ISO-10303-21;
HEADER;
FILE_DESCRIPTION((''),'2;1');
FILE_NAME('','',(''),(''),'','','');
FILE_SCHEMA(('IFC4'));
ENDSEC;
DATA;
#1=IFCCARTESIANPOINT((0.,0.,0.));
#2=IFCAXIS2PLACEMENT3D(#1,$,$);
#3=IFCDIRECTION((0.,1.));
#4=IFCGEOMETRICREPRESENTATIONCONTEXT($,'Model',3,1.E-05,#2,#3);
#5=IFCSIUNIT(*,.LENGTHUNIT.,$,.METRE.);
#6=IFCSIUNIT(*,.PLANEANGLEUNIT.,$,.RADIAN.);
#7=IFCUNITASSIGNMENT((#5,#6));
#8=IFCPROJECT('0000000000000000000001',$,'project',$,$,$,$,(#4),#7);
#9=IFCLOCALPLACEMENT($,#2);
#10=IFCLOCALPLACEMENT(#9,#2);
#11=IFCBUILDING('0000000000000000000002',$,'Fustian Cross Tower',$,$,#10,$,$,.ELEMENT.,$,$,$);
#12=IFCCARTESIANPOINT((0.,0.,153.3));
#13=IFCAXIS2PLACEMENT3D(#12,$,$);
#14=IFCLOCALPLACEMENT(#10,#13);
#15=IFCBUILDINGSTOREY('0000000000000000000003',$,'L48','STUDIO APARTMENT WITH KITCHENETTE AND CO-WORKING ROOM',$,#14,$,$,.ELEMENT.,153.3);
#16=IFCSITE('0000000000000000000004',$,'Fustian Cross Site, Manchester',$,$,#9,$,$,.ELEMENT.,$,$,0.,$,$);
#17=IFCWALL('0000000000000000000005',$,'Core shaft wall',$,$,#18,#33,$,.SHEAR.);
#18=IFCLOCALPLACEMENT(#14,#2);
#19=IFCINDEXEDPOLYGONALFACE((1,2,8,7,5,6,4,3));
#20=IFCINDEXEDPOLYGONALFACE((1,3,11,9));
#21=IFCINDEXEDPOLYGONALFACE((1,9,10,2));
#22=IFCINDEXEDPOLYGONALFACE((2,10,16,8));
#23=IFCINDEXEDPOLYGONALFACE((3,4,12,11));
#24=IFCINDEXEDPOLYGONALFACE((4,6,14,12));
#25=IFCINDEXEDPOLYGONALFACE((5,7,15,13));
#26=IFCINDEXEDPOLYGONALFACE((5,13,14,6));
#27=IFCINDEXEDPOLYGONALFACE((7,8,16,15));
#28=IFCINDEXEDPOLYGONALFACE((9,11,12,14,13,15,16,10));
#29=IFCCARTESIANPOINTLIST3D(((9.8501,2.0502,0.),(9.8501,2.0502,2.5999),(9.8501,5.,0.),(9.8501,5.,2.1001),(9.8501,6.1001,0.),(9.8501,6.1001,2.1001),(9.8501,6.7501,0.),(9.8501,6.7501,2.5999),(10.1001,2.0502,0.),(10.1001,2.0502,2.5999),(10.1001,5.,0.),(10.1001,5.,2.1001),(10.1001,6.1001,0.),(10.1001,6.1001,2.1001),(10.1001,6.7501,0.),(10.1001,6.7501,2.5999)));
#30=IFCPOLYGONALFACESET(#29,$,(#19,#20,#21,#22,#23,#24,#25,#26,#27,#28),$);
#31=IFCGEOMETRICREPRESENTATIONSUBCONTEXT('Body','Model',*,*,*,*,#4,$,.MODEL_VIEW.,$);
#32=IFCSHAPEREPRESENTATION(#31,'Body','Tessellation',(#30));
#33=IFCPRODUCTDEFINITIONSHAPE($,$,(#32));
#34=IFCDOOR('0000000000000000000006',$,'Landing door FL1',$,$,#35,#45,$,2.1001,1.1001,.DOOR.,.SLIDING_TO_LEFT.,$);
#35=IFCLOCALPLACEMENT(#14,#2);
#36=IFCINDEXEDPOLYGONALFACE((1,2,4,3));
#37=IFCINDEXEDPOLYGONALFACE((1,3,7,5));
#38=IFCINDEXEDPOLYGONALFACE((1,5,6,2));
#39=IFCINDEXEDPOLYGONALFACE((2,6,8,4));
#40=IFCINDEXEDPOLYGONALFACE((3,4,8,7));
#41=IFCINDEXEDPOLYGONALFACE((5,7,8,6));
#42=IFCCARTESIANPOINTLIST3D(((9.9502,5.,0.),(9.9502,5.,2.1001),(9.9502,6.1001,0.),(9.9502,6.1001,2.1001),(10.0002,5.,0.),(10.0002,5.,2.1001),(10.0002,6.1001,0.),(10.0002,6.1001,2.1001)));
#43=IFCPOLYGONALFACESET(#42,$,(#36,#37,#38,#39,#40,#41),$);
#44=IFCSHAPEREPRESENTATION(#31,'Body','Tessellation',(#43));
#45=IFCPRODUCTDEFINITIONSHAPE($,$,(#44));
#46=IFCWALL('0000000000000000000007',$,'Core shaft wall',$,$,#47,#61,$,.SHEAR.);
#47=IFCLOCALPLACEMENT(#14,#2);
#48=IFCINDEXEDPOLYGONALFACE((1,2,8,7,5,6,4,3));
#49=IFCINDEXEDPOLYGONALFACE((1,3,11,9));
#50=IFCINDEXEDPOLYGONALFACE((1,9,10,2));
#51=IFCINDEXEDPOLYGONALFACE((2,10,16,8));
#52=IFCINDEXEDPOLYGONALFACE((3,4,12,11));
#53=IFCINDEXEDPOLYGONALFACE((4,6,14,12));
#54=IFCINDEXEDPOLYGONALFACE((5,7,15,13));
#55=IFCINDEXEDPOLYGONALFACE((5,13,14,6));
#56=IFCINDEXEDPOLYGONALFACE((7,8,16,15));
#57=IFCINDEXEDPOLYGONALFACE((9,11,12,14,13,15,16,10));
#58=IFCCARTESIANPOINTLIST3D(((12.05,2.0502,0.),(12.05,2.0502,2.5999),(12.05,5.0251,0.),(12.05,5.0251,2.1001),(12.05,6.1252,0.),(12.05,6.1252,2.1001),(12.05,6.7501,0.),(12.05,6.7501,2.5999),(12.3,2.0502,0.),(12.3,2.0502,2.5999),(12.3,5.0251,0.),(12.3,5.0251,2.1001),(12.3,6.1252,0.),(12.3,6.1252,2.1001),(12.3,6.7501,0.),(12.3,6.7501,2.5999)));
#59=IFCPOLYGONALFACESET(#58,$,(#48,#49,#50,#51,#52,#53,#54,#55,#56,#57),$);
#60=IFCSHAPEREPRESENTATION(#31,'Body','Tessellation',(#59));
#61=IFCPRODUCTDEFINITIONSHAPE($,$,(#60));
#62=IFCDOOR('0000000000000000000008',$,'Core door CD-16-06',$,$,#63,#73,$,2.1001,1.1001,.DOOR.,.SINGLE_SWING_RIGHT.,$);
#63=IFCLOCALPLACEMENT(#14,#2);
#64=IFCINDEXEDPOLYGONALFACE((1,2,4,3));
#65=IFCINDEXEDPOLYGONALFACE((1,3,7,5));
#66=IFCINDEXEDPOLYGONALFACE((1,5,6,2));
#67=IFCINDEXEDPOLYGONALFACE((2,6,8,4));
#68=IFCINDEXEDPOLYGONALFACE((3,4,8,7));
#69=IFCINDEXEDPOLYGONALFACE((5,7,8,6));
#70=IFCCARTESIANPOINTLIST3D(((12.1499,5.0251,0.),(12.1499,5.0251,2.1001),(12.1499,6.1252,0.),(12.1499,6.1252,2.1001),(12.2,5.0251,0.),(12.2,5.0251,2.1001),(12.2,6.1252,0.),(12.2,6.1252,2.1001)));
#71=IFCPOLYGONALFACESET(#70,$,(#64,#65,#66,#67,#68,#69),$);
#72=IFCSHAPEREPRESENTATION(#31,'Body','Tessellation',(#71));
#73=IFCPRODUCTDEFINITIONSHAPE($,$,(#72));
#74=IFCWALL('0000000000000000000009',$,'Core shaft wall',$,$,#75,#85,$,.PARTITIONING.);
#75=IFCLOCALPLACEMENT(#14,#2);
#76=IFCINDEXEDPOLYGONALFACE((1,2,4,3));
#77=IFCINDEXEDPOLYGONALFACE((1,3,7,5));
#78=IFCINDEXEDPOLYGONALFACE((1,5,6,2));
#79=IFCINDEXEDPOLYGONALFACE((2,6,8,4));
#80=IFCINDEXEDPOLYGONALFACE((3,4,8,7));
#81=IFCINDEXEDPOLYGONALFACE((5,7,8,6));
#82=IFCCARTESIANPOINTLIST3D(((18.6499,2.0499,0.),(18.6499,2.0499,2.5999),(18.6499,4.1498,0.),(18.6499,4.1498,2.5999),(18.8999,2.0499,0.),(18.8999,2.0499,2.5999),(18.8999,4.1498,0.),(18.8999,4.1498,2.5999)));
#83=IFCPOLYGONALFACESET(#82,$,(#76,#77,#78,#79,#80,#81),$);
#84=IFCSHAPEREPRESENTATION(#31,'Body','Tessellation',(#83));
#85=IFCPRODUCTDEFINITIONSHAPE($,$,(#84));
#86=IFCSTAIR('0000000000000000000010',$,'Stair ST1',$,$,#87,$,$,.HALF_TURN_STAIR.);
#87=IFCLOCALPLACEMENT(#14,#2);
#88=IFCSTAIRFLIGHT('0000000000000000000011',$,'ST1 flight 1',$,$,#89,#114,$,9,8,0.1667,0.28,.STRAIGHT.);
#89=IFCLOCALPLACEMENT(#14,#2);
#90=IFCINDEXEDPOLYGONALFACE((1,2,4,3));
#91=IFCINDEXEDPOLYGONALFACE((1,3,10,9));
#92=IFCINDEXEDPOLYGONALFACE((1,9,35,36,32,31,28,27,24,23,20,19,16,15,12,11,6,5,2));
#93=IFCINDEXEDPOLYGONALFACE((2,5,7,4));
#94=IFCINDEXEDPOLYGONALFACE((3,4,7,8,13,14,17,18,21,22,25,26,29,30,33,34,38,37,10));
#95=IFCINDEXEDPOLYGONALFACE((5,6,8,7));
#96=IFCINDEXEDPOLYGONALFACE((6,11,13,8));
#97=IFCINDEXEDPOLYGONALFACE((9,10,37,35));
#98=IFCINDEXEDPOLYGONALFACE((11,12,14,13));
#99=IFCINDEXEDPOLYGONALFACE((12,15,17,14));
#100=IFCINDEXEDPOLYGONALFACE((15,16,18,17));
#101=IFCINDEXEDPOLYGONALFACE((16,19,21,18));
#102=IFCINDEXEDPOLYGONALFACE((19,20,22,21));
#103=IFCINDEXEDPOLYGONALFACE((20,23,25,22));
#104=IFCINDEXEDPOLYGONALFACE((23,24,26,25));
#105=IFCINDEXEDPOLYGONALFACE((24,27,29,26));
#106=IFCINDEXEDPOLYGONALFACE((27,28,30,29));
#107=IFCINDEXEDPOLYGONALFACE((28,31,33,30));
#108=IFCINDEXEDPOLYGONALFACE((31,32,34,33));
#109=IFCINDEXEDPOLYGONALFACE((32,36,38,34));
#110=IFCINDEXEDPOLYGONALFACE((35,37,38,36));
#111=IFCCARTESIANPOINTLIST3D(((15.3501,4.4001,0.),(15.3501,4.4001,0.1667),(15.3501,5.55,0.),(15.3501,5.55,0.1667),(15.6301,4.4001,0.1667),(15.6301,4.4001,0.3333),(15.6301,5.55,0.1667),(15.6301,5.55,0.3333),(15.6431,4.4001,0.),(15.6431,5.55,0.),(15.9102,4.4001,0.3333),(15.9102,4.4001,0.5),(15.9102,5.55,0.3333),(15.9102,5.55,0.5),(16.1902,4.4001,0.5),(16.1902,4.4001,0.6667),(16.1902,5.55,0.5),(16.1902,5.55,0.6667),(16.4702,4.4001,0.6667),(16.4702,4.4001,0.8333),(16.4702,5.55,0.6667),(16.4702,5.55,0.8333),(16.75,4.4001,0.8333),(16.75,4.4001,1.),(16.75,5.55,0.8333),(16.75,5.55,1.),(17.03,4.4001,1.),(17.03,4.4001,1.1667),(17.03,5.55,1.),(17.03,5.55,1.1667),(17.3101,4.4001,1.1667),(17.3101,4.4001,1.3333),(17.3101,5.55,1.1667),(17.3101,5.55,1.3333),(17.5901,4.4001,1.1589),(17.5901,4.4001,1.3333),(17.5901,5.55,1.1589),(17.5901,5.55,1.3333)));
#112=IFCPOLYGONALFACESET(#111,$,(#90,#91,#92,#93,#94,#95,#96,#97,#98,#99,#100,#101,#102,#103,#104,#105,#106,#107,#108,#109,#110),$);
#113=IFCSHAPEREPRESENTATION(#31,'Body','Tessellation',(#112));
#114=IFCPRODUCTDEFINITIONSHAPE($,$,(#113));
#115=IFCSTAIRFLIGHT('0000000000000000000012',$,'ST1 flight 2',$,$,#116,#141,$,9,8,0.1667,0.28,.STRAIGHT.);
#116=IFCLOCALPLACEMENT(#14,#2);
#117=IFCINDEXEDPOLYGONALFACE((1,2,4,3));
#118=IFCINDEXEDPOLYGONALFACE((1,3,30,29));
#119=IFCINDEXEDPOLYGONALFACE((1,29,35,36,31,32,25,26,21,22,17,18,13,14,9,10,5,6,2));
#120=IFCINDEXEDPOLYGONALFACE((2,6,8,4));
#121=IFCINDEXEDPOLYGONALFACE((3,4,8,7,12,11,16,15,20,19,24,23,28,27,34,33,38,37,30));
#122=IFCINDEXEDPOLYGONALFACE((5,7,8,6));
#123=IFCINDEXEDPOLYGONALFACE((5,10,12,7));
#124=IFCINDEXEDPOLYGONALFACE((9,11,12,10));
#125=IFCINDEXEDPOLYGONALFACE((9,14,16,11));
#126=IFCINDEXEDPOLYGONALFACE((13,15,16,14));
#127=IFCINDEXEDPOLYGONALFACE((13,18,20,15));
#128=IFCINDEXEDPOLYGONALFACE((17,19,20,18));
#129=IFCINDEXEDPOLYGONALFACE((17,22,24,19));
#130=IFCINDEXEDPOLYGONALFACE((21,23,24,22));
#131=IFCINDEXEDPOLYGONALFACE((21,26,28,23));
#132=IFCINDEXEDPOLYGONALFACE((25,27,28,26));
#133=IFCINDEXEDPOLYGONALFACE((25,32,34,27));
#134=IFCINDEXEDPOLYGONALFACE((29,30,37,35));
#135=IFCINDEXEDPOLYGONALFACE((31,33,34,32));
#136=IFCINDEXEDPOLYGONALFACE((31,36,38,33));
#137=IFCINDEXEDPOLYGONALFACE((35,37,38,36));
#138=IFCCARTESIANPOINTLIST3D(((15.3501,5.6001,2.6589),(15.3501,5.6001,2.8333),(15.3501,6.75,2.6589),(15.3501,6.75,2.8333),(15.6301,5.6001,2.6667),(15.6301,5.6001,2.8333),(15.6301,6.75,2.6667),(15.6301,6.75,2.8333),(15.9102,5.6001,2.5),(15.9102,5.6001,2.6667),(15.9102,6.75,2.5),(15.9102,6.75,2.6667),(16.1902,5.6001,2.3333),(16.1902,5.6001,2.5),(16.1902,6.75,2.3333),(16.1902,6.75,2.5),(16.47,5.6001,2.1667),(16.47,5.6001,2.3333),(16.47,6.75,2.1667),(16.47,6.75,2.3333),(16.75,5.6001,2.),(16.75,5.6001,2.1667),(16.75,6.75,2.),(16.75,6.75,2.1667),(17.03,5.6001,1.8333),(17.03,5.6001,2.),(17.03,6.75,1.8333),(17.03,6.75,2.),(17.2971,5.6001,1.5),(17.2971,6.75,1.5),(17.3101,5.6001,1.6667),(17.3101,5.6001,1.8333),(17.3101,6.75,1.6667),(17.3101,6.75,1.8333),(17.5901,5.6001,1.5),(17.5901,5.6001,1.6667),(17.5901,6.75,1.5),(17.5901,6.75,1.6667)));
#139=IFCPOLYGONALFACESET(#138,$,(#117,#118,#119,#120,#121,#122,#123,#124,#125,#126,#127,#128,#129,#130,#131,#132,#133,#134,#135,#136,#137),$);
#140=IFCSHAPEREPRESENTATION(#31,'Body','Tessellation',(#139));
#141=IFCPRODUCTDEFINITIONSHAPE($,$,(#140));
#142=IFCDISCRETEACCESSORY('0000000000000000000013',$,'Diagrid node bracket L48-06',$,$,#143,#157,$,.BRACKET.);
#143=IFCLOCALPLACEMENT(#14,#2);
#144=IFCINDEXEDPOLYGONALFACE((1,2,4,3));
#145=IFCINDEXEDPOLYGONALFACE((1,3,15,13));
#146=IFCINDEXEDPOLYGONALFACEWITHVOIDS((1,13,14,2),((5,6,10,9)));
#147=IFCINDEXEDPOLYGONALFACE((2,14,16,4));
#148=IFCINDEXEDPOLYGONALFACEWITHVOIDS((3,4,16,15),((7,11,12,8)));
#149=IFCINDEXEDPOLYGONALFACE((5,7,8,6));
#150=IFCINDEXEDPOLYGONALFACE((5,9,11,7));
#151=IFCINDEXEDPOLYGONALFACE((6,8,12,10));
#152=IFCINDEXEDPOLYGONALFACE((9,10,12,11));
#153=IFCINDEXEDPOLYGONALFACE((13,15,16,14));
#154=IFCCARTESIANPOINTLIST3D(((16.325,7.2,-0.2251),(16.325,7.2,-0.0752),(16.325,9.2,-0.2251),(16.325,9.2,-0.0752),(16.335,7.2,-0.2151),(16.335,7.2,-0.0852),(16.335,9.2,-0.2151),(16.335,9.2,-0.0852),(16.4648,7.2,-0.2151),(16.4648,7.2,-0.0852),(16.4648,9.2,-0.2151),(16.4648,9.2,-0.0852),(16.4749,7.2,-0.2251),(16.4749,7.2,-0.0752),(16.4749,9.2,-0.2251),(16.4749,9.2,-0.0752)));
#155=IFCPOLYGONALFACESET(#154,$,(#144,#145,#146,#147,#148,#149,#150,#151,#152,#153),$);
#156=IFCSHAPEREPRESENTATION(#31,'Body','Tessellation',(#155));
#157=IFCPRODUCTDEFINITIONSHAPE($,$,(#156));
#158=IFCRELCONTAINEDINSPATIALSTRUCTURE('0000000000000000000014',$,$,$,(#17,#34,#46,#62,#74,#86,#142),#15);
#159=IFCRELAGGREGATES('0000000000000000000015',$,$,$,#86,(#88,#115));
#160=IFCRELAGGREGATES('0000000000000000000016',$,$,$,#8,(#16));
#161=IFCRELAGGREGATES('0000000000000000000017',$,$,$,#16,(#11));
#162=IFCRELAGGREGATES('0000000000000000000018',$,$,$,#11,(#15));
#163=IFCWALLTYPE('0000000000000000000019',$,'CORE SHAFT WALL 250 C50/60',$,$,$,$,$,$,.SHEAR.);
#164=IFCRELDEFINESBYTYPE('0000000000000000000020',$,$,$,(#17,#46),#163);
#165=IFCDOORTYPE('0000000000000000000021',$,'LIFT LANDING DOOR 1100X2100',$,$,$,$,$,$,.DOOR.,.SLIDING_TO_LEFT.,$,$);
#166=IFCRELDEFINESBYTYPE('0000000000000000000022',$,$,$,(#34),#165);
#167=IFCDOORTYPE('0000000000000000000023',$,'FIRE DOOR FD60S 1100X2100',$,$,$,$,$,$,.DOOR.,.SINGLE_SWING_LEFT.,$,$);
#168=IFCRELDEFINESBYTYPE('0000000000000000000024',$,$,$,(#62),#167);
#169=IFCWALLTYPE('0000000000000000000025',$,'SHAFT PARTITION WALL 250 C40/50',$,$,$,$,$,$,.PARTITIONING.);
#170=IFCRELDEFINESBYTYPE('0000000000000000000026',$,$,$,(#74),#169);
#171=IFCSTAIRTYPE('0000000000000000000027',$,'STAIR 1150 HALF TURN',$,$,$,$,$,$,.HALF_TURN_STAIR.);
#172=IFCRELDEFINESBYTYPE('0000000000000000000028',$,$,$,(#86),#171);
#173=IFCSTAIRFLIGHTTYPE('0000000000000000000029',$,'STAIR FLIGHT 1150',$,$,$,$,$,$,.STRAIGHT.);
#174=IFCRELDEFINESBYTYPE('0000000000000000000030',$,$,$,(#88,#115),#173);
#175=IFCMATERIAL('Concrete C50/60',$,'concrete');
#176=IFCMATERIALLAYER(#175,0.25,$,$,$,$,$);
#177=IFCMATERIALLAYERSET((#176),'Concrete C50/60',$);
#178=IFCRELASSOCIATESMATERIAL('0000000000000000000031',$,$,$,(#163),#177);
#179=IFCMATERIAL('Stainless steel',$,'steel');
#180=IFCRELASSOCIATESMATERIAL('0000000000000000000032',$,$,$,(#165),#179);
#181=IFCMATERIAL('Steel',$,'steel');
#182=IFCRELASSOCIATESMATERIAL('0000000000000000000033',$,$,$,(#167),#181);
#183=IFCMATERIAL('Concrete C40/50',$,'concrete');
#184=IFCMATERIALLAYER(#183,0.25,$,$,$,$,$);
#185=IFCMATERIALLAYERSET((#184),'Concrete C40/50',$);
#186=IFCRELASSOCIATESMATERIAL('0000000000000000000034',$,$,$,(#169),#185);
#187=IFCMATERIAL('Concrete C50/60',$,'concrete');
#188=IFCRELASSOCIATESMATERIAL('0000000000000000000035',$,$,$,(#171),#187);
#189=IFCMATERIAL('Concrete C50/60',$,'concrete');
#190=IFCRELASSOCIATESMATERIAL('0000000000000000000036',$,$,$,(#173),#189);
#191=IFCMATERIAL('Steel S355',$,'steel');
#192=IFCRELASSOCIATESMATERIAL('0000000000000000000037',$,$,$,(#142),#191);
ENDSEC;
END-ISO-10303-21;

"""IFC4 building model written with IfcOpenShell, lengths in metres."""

from ifc_helpers import new_model, si_unit, direction, frame, frame_2d, origin, origin_2d, place, context, subcontext, project, spatial, polyline, rectangle, hollow_rectangle, outline, extrude, material, layer, layer_set, type_object, element, fill, aggregate, save


model = new_model("IFC4")

# Units and contexts
model_context = context("Model", 3, precision=1e-05, world=origin(), true_north=direction((0.0, 1.0)))
body_context = subcontext(model_context, "Body", "Model", "MODEL_VIEW")
ifc_project = project(units=[si_unit("LENGTHUNIT", "METRE"), si_unit("PLANEANGLEUNIT", "RADIAN")], contexts=[model_context])

# Site, building, storey
site_placement = place(None, origin())
site = spatial("IfcSite", under=ifc_project, at=site_placement, Name="Fustian Cross Site, Manchester", CompositionType="ELEMENT", RefElevation=0.0)
building_placement = place(site_placement, origin())
building = spatial("IfcBuilding", under=site, at=building_placement, Name="Fustian Cross Tower", CompositionType="ELEMENT")
storey_placement = place(building_placement, frame((0.0, 0.0, 153.3)))
storey = spatial("IfcBuildingStorey", under=building, at=storey_placement, Name="L48", Description="STUDIO APARTMENT WITH KITCHENETTE AND CO-WORKING ROOM", CompositionType="ELEMENT", Elevation=153.3)

# Shared definitions
ifc_material_1 = material(Name="Concrete C50/60", Category="concrete")
ifc_layer_1 = layer(ifc_material_1, 0.25)
ifc_layer_set_1 = layer_set([ifc_layer_1], Name="Concrete C50/60")
wall_type_1 = type_object("IfcWallType", Name="CORE SHAFT WALL 250 C50/60", PredefinedType="SHEAR", material=ifc_layer_set_1)

# Walls, openings, doors
wall_1_placement = place(storey_placement, frame((9.9751, 2.05, 0.0), z_axis=(0.0, 0.0, 1.0), x_axis=(0.0, 1.0, 0.0)))
wall_1 = element("IfcWall", 1, at=wall_1_placement, inside=storey, type_object=wall_type_1, Name="Core shaft wall", PredefinedType="SHEAR", context=body_context, shape_type="SweptSolid", body=[
    extrude(rectangle(XDim=4.7, YDim=0.25, at=frame_2d((2.3501, 0.0))), origin(), (0.0, 0.0, 1.0), 2.5999),
])
opening_1_placement = place(wall_1_placement, frame((2.95, 0.0, 0.0)))
opening_1 = element("IfcOpeningElement", 2, at=opening_1_placement, cuts=wall_1, PredefinedType="OPENING", context=body_context, shape_type="SweptSolid", body=[
    extrude(rectangle(XDim=1.1001, YDim=2.1001, at=frame_2d((0.55, 1.05))), frame((0.0, 0.135, 0.0), z_axis=(0.0, -1.0, 0.0), x_axis=(1.0, 0.0, 0.0)), (0.0, 0.0, 1.0), 0.27),
])
ifc_material_2 = material(Name="Stainless steel", Category="steel")
door_type_1 = type_object("IfcDoorType", Name="LIFT LANDING DOOR 1100X2100", OperationType="SLIDING_TO_LEFT", PredefinedType="DOOR", material=ifc_material_2)
door_1_placement = place(opening_1_placement, origin())
door_1 = element("IfcDoor", 3, at=door_1_placement, inside=storey, type_object=door_type_1, Name="Landing door FL1", OperationType="SLIDING_TO_LEFT", OverallHeight=2.1001, OverallWidth=1.1001, PredefinedType="DOOR", context=body_context, shape_type="SweptSolid", body=[
    extrude(rectangle(XDim=1.1001, YDim=2.1001, at=frame_2d((0.55, 1.05))), frame((0.0, 0.0249, 0.0), z_axis=(0.0, -1.0, 0.0), x_axis=(1.0, 0.0, 0.0)), (0.0, 0.0, 1.0), 0.05),
])
fill(opening_1, door_1)
wall_2_placement = place(storey_placement, frame((12.175, 2.05, 0.0), z_axis=(0.0, 0.0, 1.0), x_axis=(0.0, 1.0, 0.0)))
wall_2 = element("IfcWall", 4, at=wall_2_placement, inside=storey, type_object=wall_type_1, Name="Core shaft wall", PredefinedType="SHEAR", context=body_context, shape_type="SweptSolid", body=[
    extrude(rectangle(XDim=4.7, YDim=0.25, at=frame_2d((2.3501, 0.0))), origin(), (0.0, 0.0, 1.0), 2.5999),
])
opening_2_placement = place(wall_2_placement, frame((2.9751, 0.0, 0.0)))
opening_2 = element("IfcOpeningElement", 5, at=opening_2_placement, cuts=wall_2, PredefinedType="OPENING", context=body_context, shape_type="SweptSolid", body=[
    extrude(rectangle(XDim=1.1001, YDim=2.1001, at=frame_2d((0.55, 1.05))), frame((0.0, 0.135, 0.0), z_axis=(0.0, -1.0, 0.0), x_axis=(1.0, 0.0, 0.0)), (0.0, 0.0, 1.0), 0.27),
])
ifc_material_3 = material(Name="Steel", Category="steel")
door_type_2 = type_object("IfcDoorType", Name="FIRE DOOR FD60S 1100X2100", OperationType="SINGLE_SWING_LEFT", PredefinedType="DOOR", material=ifc_material_3)
door_2_placement = place(opening_2_placement, frame((1.1001, 0.0, 0.0), z_axis=(0.0, 0.0, 1.0), x_axis=(-1.0, 0.0, 0.0)))
door_2 = element("IfcDoor", 6, at=door_2_placement, inside=storey, type_object=door_type_2, Name="Core door CD-16-06", OperationType="SINGLE_SWING_RIGHT", OverallHeight=2.1001, OverallWidth=1.1001, PredefinedType="DOOR", context=body_context, shape_type="SweptSolid", body=[
    extrude(rectangle(XDim=1.1001, YDim=2.1001, at=frame_2d((0.55, 1.05))), frame((0.0, 0.0249, 0.0), z_axis=(0.0, -1.0, 0.0), x_axis=(1.0, 0.0, 0.0)), (0.0, 0.0, 1.0), 0.05),
])
fill(opening_2, door_2)

# Wall
ifc_material_4 = material(Name="Concrete C40/50", Category="concrete")
ifc_layer_2 = layer(ifc_material_4, 0.25)
ifc_layer_set_2 = layer_set([ifc_layer_2], Name="Concrete C40/50")
wall_type_2 = type_object("IfcWallType", Name="SHAFT PARTITION WALL 250 C40/50", PredefinedType="PARTITIONING", material=ifc_layer_set_2)
wall_3_placement = place(storey_placement, frame((18.7749, 2.05, 0.0), z_axis=(0.0, 0.0, 1.0), x_axis=(0.0, 1.0, 0.0)))
element("IfcWall", 7, at=wall_3_placement, inside=storey, type_object=wall_type_2, Name="Core shaft wall", PredefinedType="PARTITIONING", context=body_context, shape_type="SweptSolid", body=[
    extrude(rectangle(XDim=2.0999, YDim=0.25, at=frame_2d((1.0498, 0.0))), origin(), (0.0, 0.0, 1.0), 2.5999),
])

# Stair, stair flights
ifc_material_5 = material(Name="Concrete C50/60", Category="concrete")
stair_type = type_object("IfcStairType", Name="STAIR 1150 HALF TURN", PredefinedType="HALF_TURN_STAIR", material=ifc_material_5)
stair_placement = place(storey_placement, origin())
stair = element("IfcStair", 8, at=stair_placement, inside=storey, type_object=stair_type, Name="Stair ST1", PredefinedType="HALF_TURN_STAIR")
ifc_material_6 = material(Name="Concrete C50/60", Category="concrete")
stair_flight_type = type_object("IfcStairFlightType", Name="STAIR FLIGHT 1150", PredefinedType="STRAIGHT", material=ifc_material_6)
stair_flight_1_placement = place(storey_placement, frame((15.3501, 4.9751, 0.0), z_axis=(0.0, 0.0, 1.0), x_axis=(1.0, 0.0, 0.0)))
stair_flight_1 = element("IfcStairFlight", 9, at=stair_flight_1_placement, type_object=stair_flight_type, Name="ST1 flight 1", NumberOfRisers=9, NumberOfTreads=8, PredefinedType="STRAIGHT", RiserHeight=0.1667, TreadLength=0.28, context=body_context, shape_type="SweptSolid", body=[
    extrude(outline(polyline([(0.0, 0.0), (0.0, 0.1667), (0.28, 0.1667), (0.28, 0.3333), (0.5601, 0.3333), (0.5601, 0.5), (0.8401, 0.5), (0.8401, 0.6667), (1.1201, 0.6667), (1.1201, 0.8333), (1.3999, 0.8333), (1.3999, 1.0), (1.6799, 1.0), (1.6799, 1.1667), (1.96, 1.1667), (1.96, 1.3333), (2.24, 1.3333), (2.24, 1.5), (2.24, 1.1589), (0.293, 0.0), (0.0, 0.0)])), frame((0.0, 0.575, 0.0), z_axis=(0.0, -1.0, 0.0), x_axis=(1.0, 0.0, 0.0)), (0.0, 0.0, 1.0), 1.1499),
])
stair_flight_2_placement = place(storey_placement, frame((17.5901, 6.175, 1.5), z_axis=(0.0, 0.0, 1.0), x_axis=(-1.0, 0.0, 0.0)))
stair_flight_2 = element("IfcStairFlight", 10, at=stair_flight_2_placement, type_object=stair_flight_type, Name="ST1 flight 2", NumberOfRisers=9, NumberOfTreads=8, PredefinedType="STRAIGHT", RiserHeight=0.1667, TreadLength=0.28, context=body_context, shape_type="SweptSolid", body=[
    extrude(outline(polyline([(0.0, 0.0), (0.0, 0.1667), (0.28, 0.1667), (0.28, 0.3333), (0.5601, 0.3333), (0.5601, 0.5), (0.8401, 0.5), (0.8401, 0.6667), (1.1201, 0.6667), (1.1201, 0.8333), (1.3999, 0.8333), (1.3999, 1.0), (1.6799, 1.0), (1.6799, 1.1667), (1.96, 1.1667), (1.96, 1.3333), (2.24, 1.3333), (2.24, 1.5), (2.24, 1.1589), (0.293, 0.0), (0.0, 0.0)])), frame((0.0, 0.575, 0.0), z_axis=(0.0, -1.0, 0.0), x_axis=(1.0, 0.0, 0.0)), (0.0, 0.0, 1.0), 1.1499),
])
aggregate(stair, [stair_flight_1, stair_flight_2])

# Discrete accessory
ifc_material_7 = material(Name="Steel S355", Category="steel")
discrete_accessory_placement = place(storey_placement, frame((16.3999, 9.2, -0.1501), z_axis=(0.0, -1.0, 0.0), x_axis=(1.0, 0.0, 0.0)))
element("IfcDiscreteAccessory", 11, at=discrete_accessory_placement, inside=storey, material=ifc_material_7, Name="Diagrid node bracket L48-06", PredefinedType="BRACKET", context=body_context, shape_type="SweptSolid", body=[
    extrude(hollow_rectangle(XDim=0.1499, YDim=0.1499, WallThickness=0.01, at=origin_2d()), origin(), (0.0, 0.0, 1.0), 2.0),
])

save(model, "model.ifc")
